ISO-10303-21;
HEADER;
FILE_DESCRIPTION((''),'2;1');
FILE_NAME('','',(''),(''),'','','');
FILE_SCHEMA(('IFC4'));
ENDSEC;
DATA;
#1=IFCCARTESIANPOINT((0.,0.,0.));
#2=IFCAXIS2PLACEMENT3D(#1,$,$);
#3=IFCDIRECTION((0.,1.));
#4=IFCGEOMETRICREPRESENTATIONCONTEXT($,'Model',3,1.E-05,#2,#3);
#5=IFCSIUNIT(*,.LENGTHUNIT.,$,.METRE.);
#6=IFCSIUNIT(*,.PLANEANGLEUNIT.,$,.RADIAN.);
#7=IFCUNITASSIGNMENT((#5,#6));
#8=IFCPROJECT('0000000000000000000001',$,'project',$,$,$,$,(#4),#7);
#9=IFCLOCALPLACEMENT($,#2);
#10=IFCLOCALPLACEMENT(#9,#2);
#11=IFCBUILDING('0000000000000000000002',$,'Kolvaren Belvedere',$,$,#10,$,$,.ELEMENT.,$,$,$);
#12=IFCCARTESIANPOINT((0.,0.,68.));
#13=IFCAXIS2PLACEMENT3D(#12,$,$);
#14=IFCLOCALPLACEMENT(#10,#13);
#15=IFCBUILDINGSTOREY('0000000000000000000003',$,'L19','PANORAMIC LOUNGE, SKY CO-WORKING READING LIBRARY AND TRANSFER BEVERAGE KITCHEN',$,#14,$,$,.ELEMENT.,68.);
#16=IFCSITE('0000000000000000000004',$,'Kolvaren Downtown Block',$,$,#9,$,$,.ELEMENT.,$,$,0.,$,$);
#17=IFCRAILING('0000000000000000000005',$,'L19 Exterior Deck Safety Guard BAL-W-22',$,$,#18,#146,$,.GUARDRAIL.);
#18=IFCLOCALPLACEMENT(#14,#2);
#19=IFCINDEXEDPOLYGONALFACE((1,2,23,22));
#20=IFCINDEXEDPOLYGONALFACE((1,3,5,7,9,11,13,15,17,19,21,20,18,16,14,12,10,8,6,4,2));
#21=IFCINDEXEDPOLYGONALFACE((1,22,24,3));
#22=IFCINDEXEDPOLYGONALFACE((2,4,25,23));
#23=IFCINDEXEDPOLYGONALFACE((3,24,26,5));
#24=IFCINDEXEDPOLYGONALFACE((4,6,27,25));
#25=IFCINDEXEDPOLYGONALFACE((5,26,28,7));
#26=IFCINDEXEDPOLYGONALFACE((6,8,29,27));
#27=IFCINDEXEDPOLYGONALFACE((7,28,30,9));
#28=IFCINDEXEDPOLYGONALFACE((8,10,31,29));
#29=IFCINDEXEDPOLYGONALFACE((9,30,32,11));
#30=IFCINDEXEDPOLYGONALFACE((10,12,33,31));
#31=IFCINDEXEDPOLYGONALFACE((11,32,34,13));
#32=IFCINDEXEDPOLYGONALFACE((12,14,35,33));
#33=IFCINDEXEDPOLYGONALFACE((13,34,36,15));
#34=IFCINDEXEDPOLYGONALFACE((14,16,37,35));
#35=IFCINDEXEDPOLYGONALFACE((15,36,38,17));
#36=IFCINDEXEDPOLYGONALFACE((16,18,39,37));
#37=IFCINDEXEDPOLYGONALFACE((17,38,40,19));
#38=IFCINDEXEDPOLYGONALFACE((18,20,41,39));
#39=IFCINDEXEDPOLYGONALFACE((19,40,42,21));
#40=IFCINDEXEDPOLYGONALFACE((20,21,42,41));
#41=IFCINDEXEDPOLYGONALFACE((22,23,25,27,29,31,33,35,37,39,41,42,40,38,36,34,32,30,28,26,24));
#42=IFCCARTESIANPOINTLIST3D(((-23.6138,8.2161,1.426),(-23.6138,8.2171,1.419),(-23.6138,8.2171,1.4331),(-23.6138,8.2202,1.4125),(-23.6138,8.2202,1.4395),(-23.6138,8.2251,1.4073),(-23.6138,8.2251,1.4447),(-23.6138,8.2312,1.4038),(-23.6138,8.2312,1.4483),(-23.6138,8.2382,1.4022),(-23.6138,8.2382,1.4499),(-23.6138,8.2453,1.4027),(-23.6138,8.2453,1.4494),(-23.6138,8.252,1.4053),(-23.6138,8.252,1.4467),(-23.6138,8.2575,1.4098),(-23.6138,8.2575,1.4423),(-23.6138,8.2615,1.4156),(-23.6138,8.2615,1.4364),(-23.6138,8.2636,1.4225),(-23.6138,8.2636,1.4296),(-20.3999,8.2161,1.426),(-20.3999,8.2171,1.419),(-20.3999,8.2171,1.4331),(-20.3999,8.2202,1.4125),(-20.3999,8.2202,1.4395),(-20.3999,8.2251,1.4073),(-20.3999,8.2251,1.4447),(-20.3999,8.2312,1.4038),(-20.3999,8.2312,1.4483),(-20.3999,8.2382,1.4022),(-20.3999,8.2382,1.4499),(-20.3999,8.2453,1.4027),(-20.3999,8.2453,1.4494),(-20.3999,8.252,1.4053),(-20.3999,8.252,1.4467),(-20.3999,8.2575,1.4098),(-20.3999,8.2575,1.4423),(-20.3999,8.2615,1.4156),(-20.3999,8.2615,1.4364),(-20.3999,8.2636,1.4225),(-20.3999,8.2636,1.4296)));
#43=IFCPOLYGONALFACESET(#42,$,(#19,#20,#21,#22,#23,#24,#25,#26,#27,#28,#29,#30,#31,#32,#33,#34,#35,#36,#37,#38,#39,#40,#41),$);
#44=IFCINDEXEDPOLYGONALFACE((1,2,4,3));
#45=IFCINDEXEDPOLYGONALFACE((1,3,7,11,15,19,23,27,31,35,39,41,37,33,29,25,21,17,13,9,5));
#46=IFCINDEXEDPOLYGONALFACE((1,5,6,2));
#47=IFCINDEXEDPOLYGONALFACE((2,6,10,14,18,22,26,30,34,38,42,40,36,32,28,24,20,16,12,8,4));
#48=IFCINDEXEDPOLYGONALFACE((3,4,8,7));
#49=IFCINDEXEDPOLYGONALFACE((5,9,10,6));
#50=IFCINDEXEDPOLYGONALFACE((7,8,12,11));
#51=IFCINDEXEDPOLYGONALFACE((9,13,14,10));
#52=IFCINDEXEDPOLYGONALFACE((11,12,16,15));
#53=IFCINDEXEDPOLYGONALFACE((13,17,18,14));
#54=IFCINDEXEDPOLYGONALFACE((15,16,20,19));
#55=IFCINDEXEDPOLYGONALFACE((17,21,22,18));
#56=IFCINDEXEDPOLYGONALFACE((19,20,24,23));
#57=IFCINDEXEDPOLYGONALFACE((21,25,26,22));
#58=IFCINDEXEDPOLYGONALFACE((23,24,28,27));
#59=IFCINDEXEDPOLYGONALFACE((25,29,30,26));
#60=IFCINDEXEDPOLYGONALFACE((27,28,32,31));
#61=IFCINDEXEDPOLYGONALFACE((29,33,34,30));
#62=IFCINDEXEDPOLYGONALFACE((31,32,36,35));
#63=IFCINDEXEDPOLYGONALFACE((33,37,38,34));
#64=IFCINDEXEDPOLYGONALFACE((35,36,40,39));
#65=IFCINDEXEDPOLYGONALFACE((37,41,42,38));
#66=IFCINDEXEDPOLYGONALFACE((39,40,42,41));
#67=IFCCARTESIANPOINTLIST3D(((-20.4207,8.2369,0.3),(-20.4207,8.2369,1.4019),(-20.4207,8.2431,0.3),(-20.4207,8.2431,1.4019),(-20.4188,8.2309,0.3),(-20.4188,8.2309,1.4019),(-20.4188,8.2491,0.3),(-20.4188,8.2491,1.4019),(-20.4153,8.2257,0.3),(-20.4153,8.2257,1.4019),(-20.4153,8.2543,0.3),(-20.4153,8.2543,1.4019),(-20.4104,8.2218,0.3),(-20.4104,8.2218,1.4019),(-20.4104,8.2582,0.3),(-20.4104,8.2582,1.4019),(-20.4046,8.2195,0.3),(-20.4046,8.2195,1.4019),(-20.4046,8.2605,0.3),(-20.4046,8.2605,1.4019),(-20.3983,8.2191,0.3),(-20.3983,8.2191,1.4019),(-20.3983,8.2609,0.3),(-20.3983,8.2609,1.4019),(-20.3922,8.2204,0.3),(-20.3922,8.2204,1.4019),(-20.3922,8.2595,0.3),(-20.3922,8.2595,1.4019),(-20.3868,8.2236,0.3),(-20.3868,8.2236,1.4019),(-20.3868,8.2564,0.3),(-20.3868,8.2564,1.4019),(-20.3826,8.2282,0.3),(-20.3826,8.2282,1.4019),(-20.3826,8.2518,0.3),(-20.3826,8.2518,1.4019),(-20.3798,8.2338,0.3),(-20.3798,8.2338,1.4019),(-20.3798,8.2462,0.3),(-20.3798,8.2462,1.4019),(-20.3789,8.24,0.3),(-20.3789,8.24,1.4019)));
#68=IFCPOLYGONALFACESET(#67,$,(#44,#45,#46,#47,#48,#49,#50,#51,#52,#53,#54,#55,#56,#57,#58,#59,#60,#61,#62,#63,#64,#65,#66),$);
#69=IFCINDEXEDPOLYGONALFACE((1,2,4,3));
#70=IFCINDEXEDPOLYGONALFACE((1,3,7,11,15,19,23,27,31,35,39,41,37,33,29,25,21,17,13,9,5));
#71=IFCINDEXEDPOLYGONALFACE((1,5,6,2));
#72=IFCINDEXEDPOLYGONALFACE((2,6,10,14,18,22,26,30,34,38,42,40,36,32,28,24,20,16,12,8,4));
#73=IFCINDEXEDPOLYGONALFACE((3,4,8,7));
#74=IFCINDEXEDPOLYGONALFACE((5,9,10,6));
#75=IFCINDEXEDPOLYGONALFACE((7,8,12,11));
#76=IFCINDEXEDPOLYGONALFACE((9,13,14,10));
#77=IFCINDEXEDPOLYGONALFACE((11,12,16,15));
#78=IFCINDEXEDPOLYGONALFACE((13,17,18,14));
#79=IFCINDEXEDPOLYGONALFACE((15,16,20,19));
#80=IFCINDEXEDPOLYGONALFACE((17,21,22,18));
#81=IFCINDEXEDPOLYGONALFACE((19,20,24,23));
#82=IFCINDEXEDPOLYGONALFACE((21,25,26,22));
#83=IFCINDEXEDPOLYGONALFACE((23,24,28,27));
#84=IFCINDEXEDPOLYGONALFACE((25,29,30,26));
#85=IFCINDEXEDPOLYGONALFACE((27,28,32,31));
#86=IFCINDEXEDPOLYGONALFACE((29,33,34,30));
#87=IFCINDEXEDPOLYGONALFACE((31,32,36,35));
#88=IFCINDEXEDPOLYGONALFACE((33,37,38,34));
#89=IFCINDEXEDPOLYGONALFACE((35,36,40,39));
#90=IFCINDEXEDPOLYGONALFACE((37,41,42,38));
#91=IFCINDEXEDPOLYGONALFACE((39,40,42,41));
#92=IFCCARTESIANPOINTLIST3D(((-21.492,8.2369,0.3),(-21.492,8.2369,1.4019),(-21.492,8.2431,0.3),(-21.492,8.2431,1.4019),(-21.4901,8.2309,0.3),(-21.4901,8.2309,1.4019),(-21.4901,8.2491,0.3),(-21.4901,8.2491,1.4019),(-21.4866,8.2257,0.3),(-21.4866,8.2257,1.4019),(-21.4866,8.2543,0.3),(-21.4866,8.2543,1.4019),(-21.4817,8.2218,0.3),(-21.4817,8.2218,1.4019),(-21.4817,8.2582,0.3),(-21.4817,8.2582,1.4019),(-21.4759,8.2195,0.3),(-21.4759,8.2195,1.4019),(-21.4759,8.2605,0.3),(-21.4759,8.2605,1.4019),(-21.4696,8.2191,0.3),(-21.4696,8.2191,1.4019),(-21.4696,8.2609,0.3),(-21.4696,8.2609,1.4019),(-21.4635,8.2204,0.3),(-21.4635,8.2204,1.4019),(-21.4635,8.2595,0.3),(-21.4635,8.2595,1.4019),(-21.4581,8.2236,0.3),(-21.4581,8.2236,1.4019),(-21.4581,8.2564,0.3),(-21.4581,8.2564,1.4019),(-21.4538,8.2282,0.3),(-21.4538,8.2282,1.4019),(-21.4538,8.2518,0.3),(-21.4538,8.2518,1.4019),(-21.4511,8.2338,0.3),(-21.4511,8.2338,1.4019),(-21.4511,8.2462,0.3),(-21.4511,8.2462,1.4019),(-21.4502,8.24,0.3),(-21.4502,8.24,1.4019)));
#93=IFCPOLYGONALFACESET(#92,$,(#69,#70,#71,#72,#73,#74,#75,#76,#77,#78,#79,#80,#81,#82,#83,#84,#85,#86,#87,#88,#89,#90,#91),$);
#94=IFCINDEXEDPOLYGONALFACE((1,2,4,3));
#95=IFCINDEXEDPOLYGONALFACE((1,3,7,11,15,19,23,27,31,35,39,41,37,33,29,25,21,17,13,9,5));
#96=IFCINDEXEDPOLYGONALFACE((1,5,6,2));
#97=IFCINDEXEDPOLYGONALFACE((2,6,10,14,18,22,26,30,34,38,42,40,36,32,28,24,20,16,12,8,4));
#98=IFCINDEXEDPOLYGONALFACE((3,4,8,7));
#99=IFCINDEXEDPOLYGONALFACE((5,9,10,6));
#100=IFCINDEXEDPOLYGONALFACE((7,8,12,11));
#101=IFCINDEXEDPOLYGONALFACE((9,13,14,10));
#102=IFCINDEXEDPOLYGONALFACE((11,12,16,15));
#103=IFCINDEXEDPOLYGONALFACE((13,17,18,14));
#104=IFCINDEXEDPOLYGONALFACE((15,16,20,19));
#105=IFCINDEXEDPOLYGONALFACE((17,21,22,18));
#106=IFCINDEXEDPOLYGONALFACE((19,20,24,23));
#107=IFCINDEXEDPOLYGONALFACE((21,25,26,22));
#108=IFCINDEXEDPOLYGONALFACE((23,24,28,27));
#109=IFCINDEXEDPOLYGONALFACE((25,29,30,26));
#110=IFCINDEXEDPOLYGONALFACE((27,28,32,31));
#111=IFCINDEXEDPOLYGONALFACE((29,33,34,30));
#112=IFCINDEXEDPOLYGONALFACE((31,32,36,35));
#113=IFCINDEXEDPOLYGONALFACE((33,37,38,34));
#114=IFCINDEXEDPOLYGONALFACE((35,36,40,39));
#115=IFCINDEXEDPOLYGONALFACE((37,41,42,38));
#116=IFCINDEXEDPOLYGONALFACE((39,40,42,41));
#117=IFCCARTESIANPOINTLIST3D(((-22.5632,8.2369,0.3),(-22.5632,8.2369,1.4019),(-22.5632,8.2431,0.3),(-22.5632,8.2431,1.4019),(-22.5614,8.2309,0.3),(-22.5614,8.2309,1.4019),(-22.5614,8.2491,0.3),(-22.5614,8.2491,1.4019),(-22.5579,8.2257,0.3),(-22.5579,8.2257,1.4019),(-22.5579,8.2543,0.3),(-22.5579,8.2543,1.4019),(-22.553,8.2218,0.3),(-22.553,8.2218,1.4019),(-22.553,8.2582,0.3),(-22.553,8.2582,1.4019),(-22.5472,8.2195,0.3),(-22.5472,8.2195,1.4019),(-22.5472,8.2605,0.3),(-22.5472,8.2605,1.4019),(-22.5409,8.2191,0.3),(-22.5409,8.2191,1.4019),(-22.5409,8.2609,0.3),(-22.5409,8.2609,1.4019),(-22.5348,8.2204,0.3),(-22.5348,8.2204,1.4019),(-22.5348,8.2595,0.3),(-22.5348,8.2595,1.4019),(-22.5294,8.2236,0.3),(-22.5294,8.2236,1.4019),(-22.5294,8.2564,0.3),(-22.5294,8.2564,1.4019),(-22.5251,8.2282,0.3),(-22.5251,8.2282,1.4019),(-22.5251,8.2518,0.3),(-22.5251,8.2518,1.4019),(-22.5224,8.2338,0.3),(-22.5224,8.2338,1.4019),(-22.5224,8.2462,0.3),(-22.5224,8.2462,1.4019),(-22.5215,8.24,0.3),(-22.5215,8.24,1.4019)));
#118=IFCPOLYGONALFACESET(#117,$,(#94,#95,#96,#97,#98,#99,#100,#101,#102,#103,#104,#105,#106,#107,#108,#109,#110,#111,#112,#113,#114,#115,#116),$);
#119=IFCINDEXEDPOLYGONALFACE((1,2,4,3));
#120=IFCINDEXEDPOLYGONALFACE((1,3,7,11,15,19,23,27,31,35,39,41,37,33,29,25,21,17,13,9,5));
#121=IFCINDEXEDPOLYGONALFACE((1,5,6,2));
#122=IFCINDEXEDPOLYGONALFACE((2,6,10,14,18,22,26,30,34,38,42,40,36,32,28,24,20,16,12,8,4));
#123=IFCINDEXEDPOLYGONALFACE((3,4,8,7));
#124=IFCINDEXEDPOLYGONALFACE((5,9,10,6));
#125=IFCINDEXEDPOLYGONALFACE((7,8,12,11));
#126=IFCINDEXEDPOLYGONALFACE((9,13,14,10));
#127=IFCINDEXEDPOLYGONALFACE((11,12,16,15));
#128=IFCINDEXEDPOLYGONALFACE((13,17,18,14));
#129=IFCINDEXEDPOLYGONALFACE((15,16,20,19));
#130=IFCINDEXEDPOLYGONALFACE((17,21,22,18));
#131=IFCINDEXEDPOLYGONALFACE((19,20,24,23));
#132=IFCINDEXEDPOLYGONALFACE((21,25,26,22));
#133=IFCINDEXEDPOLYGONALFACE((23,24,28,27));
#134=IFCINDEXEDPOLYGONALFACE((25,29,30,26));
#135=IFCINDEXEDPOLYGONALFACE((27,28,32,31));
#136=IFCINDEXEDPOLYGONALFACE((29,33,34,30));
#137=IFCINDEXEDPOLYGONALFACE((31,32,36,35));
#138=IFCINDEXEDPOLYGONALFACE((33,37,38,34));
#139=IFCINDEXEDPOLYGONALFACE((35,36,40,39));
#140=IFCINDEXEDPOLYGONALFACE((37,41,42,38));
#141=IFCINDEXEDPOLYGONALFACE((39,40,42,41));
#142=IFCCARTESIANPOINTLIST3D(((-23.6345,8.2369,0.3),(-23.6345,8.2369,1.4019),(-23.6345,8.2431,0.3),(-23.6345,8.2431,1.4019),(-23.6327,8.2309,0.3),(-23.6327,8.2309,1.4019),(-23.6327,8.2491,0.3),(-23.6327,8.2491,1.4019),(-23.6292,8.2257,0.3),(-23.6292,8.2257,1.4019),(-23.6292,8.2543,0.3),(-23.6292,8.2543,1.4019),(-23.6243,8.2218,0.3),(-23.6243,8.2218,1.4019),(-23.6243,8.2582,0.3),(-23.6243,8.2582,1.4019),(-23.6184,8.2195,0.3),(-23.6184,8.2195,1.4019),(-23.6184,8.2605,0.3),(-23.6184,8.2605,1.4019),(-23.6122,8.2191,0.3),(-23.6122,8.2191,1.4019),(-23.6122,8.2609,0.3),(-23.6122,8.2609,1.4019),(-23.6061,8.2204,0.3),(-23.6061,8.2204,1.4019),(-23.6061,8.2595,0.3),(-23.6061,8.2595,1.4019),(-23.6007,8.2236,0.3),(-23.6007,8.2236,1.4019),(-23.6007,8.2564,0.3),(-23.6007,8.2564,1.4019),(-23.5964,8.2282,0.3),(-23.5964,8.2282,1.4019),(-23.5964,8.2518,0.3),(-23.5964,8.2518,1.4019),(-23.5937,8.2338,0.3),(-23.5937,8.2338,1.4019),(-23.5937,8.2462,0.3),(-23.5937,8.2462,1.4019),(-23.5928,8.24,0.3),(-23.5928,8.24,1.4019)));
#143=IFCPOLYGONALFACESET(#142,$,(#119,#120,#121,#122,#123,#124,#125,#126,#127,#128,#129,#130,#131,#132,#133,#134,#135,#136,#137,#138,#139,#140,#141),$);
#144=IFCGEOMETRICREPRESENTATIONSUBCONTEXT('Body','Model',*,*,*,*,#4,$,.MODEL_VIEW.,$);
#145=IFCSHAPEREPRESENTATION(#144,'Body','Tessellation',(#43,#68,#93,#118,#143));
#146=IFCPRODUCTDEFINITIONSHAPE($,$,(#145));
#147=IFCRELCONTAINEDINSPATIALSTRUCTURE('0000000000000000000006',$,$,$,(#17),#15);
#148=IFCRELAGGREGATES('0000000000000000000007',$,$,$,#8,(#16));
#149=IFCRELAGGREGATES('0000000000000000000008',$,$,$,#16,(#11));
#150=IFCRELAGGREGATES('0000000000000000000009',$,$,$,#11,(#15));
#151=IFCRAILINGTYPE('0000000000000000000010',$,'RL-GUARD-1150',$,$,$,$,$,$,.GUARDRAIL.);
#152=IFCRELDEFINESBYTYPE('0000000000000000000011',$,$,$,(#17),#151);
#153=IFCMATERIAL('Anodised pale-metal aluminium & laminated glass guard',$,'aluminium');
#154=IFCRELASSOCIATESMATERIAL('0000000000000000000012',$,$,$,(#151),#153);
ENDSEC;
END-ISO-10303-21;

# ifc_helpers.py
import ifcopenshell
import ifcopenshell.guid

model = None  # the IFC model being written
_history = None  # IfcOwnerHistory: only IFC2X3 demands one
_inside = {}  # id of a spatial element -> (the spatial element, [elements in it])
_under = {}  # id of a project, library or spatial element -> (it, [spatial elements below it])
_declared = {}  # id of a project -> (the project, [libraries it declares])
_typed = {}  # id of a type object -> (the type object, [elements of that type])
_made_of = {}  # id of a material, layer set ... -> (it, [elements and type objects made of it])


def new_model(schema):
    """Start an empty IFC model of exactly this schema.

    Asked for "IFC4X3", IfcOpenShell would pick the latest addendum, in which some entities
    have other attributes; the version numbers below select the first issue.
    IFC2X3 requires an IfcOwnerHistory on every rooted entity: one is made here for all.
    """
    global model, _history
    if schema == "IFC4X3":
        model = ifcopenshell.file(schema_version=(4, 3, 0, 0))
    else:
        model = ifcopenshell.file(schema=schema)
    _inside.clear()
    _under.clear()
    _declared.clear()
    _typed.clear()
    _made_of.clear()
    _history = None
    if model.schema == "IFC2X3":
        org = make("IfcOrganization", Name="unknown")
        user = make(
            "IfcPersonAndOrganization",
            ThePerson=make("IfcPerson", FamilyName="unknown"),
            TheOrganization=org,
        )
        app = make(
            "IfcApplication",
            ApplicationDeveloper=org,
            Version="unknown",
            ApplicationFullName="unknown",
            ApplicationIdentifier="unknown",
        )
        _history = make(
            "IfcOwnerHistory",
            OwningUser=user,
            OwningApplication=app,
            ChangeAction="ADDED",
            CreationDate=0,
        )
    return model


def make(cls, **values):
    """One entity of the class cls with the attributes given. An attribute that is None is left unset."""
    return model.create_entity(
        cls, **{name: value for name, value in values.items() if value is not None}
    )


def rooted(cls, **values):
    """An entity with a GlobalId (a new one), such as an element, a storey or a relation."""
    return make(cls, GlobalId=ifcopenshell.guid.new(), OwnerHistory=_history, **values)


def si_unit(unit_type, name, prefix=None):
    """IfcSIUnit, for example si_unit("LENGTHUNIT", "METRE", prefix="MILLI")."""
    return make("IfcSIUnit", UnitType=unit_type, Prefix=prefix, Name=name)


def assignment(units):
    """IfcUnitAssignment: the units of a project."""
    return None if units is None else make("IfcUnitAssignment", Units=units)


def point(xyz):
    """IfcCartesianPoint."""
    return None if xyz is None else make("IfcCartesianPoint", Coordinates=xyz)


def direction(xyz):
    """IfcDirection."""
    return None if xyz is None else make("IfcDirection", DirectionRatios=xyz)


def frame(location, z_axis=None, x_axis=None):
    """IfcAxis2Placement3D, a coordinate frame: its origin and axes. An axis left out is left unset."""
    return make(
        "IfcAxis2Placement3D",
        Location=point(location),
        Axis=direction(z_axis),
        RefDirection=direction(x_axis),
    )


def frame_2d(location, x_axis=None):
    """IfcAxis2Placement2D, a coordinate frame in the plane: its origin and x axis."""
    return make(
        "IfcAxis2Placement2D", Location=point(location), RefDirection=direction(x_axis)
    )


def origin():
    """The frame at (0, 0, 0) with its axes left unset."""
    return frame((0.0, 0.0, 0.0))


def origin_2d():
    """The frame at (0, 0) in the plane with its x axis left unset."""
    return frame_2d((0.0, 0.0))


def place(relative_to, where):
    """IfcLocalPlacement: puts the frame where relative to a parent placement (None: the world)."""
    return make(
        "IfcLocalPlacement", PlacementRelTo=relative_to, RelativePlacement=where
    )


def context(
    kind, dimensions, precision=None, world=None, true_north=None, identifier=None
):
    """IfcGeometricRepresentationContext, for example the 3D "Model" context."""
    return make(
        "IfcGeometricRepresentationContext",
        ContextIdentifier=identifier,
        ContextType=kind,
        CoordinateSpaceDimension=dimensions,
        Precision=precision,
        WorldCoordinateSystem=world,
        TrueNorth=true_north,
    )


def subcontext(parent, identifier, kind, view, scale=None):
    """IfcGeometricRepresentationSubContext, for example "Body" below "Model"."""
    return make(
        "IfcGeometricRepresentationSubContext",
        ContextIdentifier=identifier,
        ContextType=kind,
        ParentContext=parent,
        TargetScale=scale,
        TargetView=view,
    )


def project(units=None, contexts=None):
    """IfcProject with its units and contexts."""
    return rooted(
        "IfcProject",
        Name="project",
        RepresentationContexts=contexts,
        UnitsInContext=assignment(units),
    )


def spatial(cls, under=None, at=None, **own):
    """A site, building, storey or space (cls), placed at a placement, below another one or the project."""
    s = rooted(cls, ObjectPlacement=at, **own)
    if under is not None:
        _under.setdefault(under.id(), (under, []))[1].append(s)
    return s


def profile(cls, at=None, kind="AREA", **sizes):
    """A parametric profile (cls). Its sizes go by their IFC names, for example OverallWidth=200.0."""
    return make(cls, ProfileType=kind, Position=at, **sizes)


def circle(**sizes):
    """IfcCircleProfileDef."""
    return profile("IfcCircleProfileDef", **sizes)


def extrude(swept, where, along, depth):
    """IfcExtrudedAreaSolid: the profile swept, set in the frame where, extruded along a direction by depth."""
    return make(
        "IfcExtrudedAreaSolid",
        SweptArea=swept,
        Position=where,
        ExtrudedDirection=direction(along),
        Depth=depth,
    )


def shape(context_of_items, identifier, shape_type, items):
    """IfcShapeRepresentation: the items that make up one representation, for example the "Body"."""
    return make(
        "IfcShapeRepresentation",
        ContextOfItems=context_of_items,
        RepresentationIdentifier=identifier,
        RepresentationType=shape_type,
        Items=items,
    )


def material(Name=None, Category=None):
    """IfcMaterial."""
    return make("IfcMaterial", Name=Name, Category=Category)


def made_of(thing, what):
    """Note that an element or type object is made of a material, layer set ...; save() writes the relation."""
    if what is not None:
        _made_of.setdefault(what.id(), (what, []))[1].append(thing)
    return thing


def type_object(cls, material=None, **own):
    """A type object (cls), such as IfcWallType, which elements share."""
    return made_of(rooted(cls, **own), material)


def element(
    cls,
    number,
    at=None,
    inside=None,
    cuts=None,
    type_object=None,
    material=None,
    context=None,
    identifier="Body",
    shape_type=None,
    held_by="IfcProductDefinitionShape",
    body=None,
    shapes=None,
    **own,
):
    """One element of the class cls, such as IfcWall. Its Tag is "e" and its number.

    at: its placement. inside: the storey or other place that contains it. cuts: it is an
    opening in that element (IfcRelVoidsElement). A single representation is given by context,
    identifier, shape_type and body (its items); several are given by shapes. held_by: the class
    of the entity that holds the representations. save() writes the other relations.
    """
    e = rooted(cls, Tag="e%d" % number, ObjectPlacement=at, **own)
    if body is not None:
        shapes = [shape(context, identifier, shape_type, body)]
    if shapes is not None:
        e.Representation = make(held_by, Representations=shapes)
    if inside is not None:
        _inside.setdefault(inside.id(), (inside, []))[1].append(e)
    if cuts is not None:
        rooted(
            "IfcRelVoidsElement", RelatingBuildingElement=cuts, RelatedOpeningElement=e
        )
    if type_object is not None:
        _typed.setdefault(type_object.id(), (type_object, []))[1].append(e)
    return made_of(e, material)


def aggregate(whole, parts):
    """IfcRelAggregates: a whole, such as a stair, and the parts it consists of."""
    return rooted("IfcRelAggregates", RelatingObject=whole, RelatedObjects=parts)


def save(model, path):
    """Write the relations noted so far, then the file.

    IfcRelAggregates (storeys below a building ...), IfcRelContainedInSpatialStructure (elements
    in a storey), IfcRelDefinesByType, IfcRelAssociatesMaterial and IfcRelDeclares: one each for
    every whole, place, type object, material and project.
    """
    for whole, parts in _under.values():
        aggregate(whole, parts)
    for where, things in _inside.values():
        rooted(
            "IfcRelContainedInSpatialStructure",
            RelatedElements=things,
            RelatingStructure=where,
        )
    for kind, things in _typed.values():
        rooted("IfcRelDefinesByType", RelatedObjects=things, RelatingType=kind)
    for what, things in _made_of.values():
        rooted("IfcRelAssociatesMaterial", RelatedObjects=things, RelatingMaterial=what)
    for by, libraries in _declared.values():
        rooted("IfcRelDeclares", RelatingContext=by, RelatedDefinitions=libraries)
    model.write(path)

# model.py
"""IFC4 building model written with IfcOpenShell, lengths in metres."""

from ifc_helpers import new_model, si_unit, direction, frame, origin, origin_2d, place, context, subcontext, project, spatial, circle, extrude, material, type_object, element, save


model = new_model("IFC4")

# Units and contexts
model_context = context("Model", 3, precision=1e-05, world=origin(), true_north=direction((0.0, 1.0)))
body_context = subcontext(model_context, "Body", "Model", "MODEL_VIEW")
ifc_project = project(units=[si_unit("LENGTHUNIT", "METRE"), si_unit("PLANEANGLEUNIT", "RADIAN")], contexts=[model_context])

# Site, building, storey
site_placement = place(None, origin())
site = spatial("IfcSite", under=ifc_project, at=site_placement, Name="Kolvaren Downtown Block", CompositionType="ELEMENT", RefElevation=0.0)
building_placement = place(site_placement, origin())
building = spatial("IfcBuilding", under=site, at=building_placement, Name="Kolvaren Belvedere", CompositionType="ELEMENT")
storey_placement = place(building_placement, frame((0.0, 0.0, 68.0)))
storey = spatial("IfcBuildingStorey", under=building, at=storey_placement, Name="L19", Description="PANORAMIC LOUNGE, SKY CO-WORKING READING LIBRARY AND TRANSFER BEVERAGE KITCHEN", CompositionType="ELEMENT", Elevation=68.0)

# Railing
ifc_material_1 = material(Name="Anodised pale-metal aluminium & laminated glass guard", Category="aluminium")
railing_type = type_object("IfcRailingType", Name="RL-GUARD-1150", PredefinedType="GUARDRAIL", material=ifc_material_1)
railing_1_placement = place(storey_placement, frame((-20.3999, 8.24, 0.3)))
element("IfcRailing", 1, at=railing_1_placement, inside=storey, type_object=railing_type, Name="L19 Exterior Deck Safety Guard BAL-W-22", PredefinedType="GUARDRAIL", context=body_context, shape_type="SweptSolid", body=[
    extrude(circle(Radius=0.0239, at=origin_2d()), frame((0.0, 0.0, 1.126), z_axis=(-1.0, 0.0, 0.0), x_axis=(0.0, -1.0, 0.0)), (0.0, 0.0, 1.0), 3.2139),
    extrude(circle(Radius=0.021, at=origin_2d()), origin(), (0.0, 0.0, 1.0), 1.1018),
    extrude(circle(Radius=0.021, at=origin_2d()), frame((-1.0713, 0.0, 0.0)), (0.0, 0.0, 1.0), 1.1018),
    extrude(circle(Radius=0.021, at=origin_2d()), frame((-2.1426, 0.0, 0.0)), (0.0, 0.0, 1.0), 1.1018),
    extrude(circle(Radius=0.021, at=origin_2d()), frame((-3.2139, 0.0, 0.0)), (0.0, 0.0, 1.0), 1.1018),
])

save(model, "model.ifc")
